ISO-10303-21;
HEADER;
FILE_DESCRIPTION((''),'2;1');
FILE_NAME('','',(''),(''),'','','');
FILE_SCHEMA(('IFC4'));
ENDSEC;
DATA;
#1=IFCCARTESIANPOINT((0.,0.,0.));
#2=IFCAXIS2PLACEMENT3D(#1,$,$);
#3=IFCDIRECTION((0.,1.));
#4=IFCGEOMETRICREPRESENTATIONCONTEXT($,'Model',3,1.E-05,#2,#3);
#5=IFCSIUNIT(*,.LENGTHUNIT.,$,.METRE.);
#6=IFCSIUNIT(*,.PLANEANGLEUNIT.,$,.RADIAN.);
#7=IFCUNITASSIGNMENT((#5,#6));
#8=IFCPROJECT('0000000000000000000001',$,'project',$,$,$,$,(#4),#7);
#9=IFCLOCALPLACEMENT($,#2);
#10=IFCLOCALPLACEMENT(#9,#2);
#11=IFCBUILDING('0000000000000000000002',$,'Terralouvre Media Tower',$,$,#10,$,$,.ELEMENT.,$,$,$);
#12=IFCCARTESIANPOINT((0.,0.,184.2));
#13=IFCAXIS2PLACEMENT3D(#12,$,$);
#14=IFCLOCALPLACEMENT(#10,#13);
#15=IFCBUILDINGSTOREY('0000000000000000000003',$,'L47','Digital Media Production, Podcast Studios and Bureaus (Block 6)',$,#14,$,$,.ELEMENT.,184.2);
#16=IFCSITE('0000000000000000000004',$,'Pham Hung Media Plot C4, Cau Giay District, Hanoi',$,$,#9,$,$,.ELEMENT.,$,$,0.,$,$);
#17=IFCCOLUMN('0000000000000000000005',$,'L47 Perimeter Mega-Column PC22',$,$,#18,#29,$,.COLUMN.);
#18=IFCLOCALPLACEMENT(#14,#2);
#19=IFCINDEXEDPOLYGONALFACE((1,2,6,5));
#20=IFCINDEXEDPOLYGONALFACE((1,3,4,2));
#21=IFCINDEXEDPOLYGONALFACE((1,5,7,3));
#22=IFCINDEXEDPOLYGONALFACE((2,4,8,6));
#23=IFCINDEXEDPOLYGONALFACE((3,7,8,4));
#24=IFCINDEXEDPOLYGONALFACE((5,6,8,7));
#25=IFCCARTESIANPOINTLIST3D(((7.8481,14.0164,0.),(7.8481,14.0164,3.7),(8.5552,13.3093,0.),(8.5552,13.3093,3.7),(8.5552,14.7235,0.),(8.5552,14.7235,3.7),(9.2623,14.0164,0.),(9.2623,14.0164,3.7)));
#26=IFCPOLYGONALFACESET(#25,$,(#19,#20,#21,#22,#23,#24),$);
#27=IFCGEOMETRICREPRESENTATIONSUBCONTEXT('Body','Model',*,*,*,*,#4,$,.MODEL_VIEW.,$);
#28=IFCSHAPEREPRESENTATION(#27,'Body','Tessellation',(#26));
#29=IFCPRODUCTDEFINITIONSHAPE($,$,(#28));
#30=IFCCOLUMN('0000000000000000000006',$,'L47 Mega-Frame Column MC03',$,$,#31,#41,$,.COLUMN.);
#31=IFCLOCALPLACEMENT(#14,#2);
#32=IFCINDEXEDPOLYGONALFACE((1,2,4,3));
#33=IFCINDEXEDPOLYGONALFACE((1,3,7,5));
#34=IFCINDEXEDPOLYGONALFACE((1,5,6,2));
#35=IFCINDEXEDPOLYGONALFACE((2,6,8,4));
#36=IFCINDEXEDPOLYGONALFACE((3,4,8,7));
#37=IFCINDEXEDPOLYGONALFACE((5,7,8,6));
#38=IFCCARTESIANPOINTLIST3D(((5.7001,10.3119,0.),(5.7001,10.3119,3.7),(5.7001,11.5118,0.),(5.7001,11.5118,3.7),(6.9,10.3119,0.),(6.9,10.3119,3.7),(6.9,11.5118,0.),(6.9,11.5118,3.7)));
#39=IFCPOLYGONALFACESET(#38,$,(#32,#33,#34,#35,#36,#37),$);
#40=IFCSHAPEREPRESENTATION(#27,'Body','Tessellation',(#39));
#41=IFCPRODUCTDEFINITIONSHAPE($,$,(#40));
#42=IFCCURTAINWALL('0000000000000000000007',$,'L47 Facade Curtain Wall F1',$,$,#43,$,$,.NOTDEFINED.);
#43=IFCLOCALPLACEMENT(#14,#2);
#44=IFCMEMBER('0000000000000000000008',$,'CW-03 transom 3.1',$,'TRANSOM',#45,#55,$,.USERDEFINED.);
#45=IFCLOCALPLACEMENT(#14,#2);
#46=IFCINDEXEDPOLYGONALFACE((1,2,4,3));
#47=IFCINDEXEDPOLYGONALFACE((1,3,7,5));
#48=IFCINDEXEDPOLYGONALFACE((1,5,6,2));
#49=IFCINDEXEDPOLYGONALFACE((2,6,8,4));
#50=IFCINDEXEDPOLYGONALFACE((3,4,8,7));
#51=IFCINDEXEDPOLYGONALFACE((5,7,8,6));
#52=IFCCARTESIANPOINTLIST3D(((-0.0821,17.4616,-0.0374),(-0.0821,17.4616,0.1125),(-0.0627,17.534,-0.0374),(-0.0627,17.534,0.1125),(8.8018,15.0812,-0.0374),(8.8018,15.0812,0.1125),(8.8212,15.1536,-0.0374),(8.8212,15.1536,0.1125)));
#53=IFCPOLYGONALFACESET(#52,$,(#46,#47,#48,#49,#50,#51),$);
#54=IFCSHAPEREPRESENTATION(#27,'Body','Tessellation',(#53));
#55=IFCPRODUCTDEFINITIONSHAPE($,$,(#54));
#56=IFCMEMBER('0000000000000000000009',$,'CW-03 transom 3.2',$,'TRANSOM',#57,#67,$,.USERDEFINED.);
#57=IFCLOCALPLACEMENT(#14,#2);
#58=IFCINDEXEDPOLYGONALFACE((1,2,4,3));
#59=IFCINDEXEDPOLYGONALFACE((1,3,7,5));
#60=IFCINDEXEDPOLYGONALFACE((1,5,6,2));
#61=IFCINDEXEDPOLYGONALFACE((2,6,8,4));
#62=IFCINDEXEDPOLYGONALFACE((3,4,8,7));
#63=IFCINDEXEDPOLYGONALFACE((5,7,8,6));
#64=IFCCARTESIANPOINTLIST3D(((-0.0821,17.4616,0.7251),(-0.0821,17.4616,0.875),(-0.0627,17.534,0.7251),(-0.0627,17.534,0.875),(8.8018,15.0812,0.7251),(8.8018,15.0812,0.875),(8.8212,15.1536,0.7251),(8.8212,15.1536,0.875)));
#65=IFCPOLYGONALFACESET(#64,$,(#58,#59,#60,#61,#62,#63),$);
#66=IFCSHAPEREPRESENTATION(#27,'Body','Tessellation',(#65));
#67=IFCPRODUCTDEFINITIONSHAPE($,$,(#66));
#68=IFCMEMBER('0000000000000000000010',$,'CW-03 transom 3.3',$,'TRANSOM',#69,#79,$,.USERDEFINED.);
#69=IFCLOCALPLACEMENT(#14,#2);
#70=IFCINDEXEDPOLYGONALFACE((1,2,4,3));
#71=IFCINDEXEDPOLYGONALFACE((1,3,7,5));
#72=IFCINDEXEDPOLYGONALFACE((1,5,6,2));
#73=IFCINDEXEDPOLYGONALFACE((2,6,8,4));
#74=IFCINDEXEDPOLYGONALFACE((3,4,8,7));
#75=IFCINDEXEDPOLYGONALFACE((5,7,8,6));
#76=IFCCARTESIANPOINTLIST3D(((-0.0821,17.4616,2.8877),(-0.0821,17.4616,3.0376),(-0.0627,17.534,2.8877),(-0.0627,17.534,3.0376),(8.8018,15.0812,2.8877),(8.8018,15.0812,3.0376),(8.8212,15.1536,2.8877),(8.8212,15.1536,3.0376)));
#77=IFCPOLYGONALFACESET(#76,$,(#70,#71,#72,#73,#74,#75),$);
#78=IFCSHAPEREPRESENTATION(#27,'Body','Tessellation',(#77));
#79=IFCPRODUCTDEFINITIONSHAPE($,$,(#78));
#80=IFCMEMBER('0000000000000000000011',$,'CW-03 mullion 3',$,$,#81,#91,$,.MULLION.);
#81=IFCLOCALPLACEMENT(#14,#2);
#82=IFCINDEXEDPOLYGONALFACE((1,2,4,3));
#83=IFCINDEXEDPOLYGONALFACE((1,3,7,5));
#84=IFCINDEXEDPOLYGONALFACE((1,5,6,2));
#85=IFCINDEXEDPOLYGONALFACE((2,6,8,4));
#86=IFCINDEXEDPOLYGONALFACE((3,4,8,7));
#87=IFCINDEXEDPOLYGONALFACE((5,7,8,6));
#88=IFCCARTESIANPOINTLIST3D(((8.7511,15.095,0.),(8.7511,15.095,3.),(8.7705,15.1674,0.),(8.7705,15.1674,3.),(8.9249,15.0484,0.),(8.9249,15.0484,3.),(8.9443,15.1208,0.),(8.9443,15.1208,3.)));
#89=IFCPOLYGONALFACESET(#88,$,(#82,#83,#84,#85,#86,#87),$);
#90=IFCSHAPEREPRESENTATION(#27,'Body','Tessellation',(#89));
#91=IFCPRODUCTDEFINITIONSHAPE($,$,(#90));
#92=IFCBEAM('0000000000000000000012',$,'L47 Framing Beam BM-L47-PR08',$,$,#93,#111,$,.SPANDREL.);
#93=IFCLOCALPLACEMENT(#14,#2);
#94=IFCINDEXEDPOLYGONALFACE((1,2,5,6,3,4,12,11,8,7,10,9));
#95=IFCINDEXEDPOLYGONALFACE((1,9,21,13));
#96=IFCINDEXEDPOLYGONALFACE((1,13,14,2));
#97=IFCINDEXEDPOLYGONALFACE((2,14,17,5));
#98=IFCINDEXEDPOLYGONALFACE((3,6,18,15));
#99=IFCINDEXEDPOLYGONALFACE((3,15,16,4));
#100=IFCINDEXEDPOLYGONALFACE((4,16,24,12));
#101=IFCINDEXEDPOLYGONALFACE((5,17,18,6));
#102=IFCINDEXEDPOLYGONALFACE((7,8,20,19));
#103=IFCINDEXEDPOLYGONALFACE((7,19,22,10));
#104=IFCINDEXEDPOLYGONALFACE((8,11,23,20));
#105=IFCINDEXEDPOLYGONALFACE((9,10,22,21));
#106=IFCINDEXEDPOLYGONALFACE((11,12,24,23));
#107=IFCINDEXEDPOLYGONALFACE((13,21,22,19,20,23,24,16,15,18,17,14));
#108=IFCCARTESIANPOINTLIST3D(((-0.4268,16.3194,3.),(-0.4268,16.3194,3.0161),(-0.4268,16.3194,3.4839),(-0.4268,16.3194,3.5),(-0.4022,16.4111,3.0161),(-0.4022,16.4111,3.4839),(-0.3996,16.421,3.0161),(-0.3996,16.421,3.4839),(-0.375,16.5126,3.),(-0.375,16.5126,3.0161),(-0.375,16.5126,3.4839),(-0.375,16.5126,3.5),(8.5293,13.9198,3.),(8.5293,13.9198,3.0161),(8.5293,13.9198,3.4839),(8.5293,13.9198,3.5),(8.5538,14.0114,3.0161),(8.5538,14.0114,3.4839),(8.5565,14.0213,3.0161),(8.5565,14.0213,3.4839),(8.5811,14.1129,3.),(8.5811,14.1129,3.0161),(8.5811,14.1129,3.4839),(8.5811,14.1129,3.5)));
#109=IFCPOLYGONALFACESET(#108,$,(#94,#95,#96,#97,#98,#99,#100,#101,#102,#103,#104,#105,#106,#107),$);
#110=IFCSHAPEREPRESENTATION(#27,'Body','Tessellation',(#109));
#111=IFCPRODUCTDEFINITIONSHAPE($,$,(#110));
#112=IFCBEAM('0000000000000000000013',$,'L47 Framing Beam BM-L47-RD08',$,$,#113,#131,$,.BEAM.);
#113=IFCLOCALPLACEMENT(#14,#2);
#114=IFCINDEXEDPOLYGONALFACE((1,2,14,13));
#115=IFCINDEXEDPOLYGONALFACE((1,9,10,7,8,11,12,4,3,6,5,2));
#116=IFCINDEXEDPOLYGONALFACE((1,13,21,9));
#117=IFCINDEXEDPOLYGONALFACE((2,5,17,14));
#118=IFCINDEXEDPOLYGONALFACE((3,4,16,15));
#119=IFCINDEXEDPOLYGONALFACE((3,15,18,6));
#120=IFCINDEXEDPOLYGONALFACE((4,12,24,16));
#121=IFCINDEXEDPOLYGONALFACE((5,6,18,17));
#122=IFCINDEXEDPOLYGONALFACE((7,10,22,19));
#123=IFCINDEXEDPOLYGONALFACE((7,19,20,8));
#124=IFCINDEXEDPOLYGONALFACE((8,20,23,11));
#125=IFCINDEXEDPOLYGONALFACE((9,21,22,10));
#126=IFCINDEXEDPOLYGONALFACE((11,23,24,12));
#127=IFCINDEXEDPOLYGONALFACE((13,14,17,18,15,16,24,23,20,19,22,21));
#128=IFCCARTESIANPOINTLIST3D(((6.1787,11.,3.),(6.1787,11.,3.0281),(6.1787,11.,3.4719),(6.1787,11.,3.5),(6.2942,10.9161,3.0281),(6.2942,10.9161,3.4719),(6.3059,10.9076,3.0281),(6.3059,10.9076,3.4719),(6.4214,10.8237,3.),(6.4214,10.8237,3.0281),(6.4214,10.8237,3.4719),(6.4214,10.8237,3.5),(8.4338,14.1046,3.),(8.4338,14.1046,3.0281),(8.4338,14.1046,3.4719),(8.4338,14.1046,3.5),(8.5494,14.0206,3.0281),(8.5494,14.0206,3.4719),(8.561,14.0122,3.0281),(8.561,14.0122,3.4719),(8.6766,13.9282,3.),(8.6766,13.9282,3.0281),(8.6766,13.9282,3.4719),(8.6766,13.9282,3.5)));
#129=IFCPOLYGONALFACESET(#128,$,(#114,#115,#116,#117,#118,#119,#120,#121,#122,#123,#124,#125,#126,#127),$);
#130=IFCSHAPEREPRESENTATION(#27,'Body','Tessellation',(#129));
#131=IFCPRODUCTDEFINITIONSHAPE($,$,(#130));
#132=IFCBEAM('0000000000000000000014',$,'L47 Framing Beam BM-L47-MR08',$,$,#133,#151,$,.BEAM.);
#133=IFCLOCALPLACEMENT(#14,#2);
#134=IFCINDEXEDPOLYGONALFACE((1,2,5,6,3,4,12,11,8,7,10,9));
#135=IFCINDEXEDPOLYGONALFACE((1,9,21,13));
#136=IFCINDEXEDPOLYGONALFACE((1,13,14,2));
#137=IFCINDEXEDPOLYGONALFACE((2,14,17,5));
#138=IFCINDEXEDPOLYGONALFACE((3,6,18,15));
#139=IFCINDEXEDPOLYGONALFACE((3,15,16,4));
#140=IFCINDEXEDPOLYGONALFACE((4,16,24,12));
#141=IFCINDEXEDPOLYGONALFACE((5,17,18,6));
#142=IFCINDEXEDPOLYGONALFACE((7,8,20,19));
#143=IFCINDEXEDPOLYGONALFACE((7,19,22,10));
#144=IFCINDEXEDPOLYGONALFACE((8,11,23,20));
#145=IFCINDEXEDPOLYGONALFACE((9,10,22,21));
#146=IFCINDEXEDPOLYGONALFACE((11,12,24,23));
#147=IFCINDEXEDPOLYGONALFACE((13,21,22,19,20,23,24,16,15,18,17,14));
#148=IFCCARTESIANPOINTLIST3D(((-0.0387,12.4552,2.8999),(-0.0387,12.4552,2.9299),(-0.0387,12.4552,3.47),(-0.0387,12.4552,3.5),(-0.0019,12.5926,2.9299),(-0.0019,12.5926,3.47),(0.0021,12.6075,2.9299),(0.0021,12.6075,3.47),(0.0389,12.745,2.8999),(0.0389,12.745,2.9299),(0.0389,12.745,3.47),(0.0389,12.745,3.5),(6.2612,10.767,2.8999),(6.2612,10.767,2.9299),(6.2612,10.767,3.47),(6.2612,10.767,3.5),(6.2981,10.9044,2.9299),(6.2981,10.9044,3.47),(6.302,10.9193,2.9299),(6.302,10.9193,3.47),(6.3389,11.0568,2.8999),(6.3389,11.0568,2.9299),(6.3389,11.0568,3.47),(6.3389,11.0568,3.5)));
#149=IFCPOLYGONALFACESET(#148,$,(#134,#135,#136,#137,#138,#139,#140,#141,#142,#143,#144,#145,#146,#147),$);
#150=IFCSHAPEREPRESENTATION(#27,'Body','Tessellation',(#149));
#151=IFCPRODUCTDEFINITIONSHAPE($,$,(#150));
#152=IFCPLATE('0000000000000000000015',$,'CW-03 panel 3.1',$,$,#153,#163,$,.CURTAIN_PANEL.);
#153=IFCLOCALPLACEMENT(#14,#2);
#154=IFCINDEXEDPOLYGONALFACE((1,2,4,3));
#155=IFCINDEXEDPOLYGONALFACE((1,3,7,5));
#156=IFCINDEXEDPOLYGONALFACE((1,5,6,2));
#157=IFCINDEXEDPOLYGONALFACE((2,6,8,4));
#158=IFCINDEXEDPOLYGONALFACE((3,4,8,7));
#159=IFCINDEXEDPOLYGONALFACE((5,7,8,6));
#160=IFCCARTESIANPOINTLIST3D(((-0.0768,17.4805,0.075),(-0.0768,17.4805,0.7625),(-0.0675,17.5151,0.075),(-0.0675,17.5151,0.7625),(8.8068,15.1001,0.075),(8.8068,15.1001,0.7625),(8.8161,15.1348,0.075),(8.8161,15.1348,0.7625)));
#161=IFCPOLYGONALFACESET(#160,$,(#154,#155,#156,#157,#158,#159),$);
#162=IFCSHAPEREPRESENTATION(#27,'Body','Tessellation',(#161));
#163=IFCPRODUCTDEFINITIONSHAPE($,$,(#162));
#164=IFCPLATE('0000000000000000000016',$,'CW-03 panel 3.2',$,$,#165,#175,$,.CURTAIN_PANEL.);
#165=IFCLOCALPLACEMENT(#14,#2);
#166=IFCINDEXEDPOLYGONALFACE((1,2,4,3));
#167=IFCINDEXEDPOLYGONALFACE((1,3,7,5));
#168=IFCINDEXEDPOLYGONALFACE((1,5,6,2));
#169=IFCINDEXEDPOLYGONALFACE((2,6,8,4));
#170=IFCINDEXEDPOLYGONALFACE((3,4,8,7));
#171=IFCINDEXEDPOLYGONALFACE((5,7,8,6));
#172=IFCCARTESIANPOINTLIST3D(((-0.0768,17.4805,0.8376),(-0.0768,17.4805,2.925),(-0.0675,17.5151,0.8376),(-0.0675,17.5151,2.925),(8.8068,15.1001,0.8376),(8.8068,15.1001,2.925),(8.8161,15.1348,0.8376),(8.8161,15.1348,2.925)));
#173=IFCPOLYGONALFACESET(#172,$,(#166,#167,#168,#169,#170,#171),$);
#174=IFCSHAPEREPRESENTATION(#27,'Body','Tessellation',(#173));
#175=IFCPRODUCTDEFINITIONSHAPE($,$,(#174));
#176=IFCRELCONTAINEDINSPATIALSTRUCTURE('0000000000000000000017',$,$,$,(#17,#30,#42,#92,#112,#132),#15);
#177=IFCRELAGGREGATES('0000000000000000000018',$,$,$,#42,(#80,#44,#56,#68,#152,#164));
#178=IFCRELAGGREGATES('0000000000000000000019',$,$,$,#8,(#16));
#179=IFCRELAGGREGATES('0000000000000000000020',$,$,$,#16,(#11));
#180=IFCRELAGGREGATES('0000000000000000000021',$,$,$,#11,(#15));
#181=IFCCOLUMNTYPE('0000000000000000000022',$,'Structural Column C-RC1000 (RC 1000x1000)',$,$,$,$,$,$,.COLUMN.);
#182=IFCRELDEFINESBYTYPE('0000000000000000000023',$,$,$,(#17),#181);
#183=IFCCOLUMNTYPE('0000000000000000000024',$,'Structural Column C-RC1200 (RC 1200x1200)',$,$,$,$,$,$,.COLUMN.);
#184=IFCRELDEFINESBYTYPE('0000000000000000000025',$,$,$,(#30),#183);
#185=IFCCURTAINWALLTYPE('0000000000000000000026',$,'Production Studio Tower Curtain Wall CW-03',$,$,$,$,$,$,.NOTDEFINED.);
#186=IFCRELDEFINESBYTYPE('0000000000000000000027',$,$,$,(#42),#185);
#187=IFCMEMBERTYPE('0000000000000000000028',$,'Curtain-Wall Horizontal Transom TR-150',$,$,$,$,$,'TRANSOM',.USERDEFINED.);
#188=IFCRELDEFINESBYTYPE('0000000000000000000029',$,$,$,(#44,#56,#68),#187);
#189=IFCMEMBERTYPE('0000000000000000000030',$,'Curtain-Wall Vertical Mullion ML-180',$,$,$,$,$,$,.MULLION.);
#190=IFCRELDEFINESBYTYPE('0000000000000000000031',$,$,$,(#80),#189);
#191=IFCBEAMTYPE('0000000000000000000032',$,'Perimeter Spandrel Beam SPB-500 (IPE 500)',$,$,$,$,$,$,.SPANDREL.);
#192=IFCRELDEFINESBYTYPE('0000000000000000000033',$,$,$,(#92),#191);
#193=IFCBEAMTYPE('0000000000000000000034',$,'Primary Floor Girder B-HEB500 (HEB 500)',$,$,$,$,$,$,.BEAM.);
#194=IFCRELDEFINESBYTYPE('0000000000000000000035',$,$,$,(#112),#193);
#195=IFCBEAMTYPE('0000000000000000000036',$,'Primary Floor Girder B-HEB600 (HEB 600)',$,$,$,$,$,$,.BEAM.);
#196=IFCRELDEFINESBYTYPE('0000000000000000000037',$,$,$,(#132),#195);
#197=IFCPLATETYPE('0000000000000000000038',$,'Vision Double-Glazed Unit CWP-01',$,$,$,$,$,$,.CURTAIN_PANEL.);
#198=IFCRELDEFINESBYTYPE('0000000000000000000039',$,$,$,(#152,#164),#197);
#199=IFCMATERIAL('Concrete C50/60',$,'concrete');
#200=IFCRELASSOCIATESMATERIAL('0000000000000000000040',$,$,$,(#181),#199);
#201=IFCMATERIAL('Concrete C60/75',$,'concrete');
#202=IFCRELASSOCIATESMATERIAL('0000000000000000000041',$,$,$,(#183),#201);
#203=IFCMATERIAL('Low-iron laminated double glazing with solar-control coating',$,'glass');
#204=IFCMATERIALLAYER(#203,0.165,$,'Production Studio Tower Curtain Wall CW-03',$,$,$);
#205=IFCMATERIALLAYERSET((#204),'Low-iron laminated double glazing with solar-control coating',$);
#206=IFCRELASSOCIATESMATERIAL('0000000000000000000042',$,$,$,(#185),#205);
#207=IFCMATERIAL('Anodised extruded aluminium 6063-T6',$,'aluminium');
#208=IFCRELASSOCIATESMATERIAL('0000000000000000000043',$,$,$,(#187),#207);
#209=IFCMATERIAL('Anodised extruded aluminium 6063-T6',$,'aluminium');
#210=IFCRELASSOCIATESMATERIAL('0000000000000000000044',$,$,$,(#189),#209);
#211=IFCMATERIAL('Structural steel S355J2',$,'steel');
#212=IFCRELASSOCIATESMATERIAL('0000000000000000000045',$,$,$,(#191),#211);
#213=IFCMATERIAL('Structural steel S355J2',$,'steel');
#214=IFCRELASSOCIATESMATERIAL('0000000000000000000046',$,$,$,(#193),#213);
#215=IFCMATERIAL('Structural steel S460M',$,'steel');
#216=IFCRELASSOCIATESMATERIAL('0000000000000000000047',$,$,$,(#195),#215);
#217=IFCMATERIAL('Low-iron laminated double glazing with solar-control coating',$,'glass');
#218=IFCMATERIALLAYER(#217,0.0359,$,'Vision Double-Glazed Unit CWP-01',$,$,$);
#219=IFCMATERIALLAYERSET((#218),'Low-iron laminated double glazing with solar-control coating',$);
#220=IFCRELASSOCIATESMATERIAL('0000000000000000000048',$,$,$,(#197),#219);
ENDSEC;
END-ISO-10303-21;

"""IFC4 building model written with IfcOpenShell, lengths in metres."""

from ifc_helpers import new_model, si_unit, direction, frame, origin, origin_2d, place, context, subcontext, project, spatial, rectangle, i_section, extrude, material, layer, layer_set, material_profile, profile_set, type_object, element, aggregate, save


model = new_model("IFC4")

# Units and contexts
model_context = context("Model", 3, precision=1e-05, world=origin(), true_north=direction((0.0, 1.0)))
body_context = subcontext(model_context, "Body", "Model", "MODEL_VIEW")
ifc_project = project(units=[si_unit("LENGTHUNIT", "METRE"), si_unit("PLANEANGLEUNIT", "RADIAN")], contexts=[model_context])

# Site, building, storey
site_placement = place(None, origin())
site = spatial("IfcSite", under=ifc_project, at=site_placement, Name="Pham Hung Media Plot C4, Cau Giay District, Hanoi", CompositionType="ELEMENT", RefElevation=0.0)
building_placement = place(site_placement, origin())
building = spatial("IfcBuilding", under=site, at=building_placement, Name="Terralouvre Media Tower", CompositionType="ELEMENT")
storey_placement = place(building_placement, frame((0.0, 0.0, 184.2)))
storey = spatial("IfcBuildingStorey", under=building, at=storey_placement, Name="L47", Description="Digital Media Production, Podcast Studios and Bureaus (Block 6)", CompositionType="ELEMENT", Elevation=184.2)

# Columns
ifc_material_1 = material(Name="Concrete C50/60", Category="concrete")
ifc_material_profile_1 = material_profile(ifc_material_1, rectangle(XDim=1.0, YDim=1.0, at=origin_2d()), Name="RC 1000x1000")
ifc_profile_set_1 = profile_set([ifc_material_profile_1], Name="Concrete C50/60")
column_type_1 = type_object("IfcColumnType", Name="Structural Column C-RC1000 (RC 1000x1000)", PredefinedType="COLUMN", material=ifc_profile_set_1)
column_1_placement = place(storey_placement, frame((8.5552, 14.0164, 0.0), z_axis=(0.0, 0.0, 1.0), x_axis=(0.707107, 0.707107, 0.0)))
element("IfcColumn", 1, at=column_1_placement, inside=storey, type_object=column_type_1, Name="L47 Perimeter Mega-Column PC22", PredefinedType="COLUMN", context=body_context, shape_type="SweptSolid", body=[
    extrude(rectangle(XDim=1.0, YDim=1.0, at=origin_2d()), origin(), (0.0, 0.0, 1.0), 3.7),
])
ifc_material_2 = material(Name="Concrete C60/75", Category="concrete")
ifc_material_profile_2 = material_profile(ifc_material_2, rectangle(XDim=1.2, YDim=1.2, at=origin_2d()), Name="RC 1200x1200")
ifc_profile_set_2 = profile_set([ifc_material_profile_2], Name="Concrete C60/75")
column_type_2 = type_object("IfcColumnType", Name="Structural Column C-RC1200 (RC 1200x1200)", PredefinedType="COLUMN", material=ifc_profile_set_2)
column_2_placement = place(storey_placement, frame((6.3, 10.9119, 0.0), z_axis=(0.0, 0.0, 1.0), x_axis=(1.0, 0.0, 0.0)))
element("IfcColumn", 2, at=column_2_placement, inside=storey, type_object=column_type_2, Name="L47 Mega-Frame Column MC03", PredefinedType="COLUMN", context=body_context, shape_type="SweptSolid", body=[
    extrude(rectangle(XDim=1.2, YDim=1.2, at=origin_2d()), origin(), (0.0, 0.0, 1.0), 3.7),
])

# Curtain wall, members
ifc_material_3 = material(Name="Low-iron laminated double glazing with solar-control coating", Category="glass")
ifc_layer_1 = layer(ifc_material_3, 0.165, Name="Production Studio Tower Curtain Wall CW-03")
ifc_layer_set_1 = layer_set([ifc_layer_1], Name="Low-iron laminated double glazing with solar-control coating")
curtain_wall_type = type_object("IfcCurtainWallType", Name="Production Studio Tower Curtain Wall CW-03", PredefinedType="NOTDEFINED", material=ifc_layer_set_1)
curtain_wall_placement = place(storey_placement, origin())
curtain_wall = element("IfcCurtainWall", 3, at=curtain_wall_placement, inside=storey, type_object=curtain_wall_type, Name="L47 Facade Curtain Wall F1", PredefinedType="NOTDEFINED")
ifc_material_4 = material(Name="Anodised extruded aluminium 6063-T6", Category="aluminium")
ifc_material_profile_3 = material_profile(ifc_material_4, rectangle(XDim=0.075, YDim=0.1499, at=origin_2d()), Name="ALU 75x150")
ifc_profile_set_3 = profile_set([ifc_material_profile_3], Name="Anodised extruded aluminium 6063-T6")
member_type_1 = type_object("IfcMemberType", Name="Curtain-Wall Horizontal Transom TR-150", ElementType="TRANSOM", PredefinedType="USERDEFINED", material=ifc_profile_set_3)
member_1_placement = place(storey_placement, frame((8.8115, 15.1174, 0.0376), z_axis=(-0.965927, 0.258816, 0.0), x_axis=(-0.258816, -0.965927, 0.0)))
member_1 = element("IfcMember", 4, at=member_1_placement, type_object=member_type_1, Name="CW-03 transom 3.1", ObjectType="TRANSOM", PredefinedType="USERDEFINED", context=body_context, shape_type="SweptSolid", body=[
    extrude(rectangle(XDim=0.075, YDim=0.1499, at=origin_2d()), origin(), (0.0, 0.0, 1.0), 9.1973),
])
member_2_placement = place(storey_placement, frame((8.8115, 15.1174, 0.8), z_axis=(-0.965927, 0.258816, 0.0), x_axis=(-0.258816, -0.965927, 0.0)))
member_2 = element("IfcMember", 5, at=member_2_placement, type_object=member_type_1, Name="CW-03 transom 3.2", ObjectType="TRANSOM", PredefinedType="USERDEFINED", context=body_context, shape_type="SweptSolid", body=[
    extrude(rectangle(XDim=0.075, YDim=0.1499, at=origin_2d()), origin(), (0.0, 0.0, 1.0), 9.1973),
])
member_3_placement = place(storey_placement, frame((8.8115, 15.1174, 2.9626), z_axis=(-0.965927, 0.258816, 0.0), x_axis=(-0.258816, -0.965927, 0.0)))
member_3 = element("IfcMember", 6, at=member_3_placement, type_object=member_type_1, Name="CW-03 transom 3.3", ObjectType="TRANSOM", PredefinedType="USERDEFINED", context=body_context, shape_type="SweptSolid", body=[
    extrude(rectangle(XDim=0.075, YDim=0.1499, at=origin_2d()), origin(), (0.0, 0.0, 1.0), 9.1973),
])
ifc_material_5 = material(Name="Anodised extruded aluminium 6063-T6", Category="aluminium")
ifc_material_profile_4 = material_profile(ifc_material_5, rectangle(XDim=0.075, YDim=0.1799, at=origin_2d()), Name="ALU 75x180")
ifc_profile_set_4 = profile_set([ifc_material_profile_4], Name="Anodised extruded aluminium 6063-T6")
member_type_2 = type_object("IfcMemberType", Name="Curtain-Wall Vertical Mullion ML-180", PredefinedType="MULLION", material=ifc_profile_set_4)
member_4_placement = place(storey_placement, frame((8.8477, 15.1079, 0.0), z_axis=(0.0, 0.0, 1.0), x_axis=(-0.258819, -0.965926, 0.0)))
member_4 = element("IfcMember", 7, at=member_4_placement, type_object=member_type_2, Name="CW-03 mullion 3", PredefinedType="MULLION", context=body_context, shape_type="SweptSolid", body=[
    extrude(rectangle(XDim=0.075, YDim=0.1799, at=origin_2d()), origin(), (0.0, 0.0, 1.0), 3.0),
])

# Beams
ifc_material_6 = material(Name="Structural steel S355J2", Category="steel")
ifc_material_profile_5 = material_profile(ifc_material_6, i_section(OverallWidth=0.2, OverallDepth=0.5, WebThickness=0.0103, FlangeThickness=0.0161, at=origin_2d()), Name="IPE 500")
ifc_profile_set_5 = profile_set([ifc_material_profile_5], Name="Structural steel S355J2")
beam_type_1 = type_object("IfcBeamType", Name="Perimeter Spandrel Beam SPB-500 (IPE 500)", PredefinedType="SPANDREL", material=ifc_profile_set_5)
beam_1_placement = place(storey_placement, frame((8.5552, 14.0164, 3.25), z_axis=(-0.965929, 0.258808, 0.0), x_axis=(-0.258808, -0.965929, 0.0)))
element("IfcBeam", 8, at=beam_1_placement, inside=storey, type_object=beam_type_1, Name="L47 Framing Beam BM-L47-PR08", PredefinedType="SPANDREL", context=body_context, shape_type="SweptSolid", body=[
    extrude(i_section(OverallWidth=0.2, OverallDepth=0.5, WebThickness=0.0103, FlangeThickness=0.0161, at=origin_2d()), origin(), (0.0, 0.0, 1.0), 9.272),
])
ifc_material_7 = material(Name="Structural steel S355J2", Category="steel")
ifc_material_profile_6 = material_profile(ifc_material_7, i_section(OverallWidth=0.3, OverallDepth=0.5, WebThickness=0.0144, FlangeThickness=0.0281, at=origin_2d()), Name="HEB 500")
ifc_profile_set_6 = profile_set([ifc_material_profile_6], Name="Structural steel S355J2")
beam_type_2 = type_object("IfcBeamType", Name="Primary Floor Girder B-HEB500 (HEB 500)", PredefinedType="BEAM", material=ifc_profile_set_6)
beam_2_placement = place(storey_placement, frame((6.3, 10.9119, 3.25), z_axis=(0.587714, 0.809069, 0.0), x_axis=(-0.809069, 0.587714, 0.0)))
element("IfcBeam", 9, at=beam_2_placement, inside=storey, type_object=beam_type_2, Name="L47 Framing Beam BM-L47-RD08", PredefinedType="BEAM", context=body_context, shape_type="SweptSolid", body=[
    extrude(i_section(OverallWidth=0.3, OverallDepth=0.5, WebThickness=0.0144, FlangeThickness=0.0281, at=origin_2d()), origin(), (0.0, 0.0, 1.0), 3.8372),
])
ifc_material_8 = material(Name="Structural steel S460M", Category="steel")
ifc_material_profile_7 = material_profile(ifc_material_8, i_section(OverallWidth=0.3, OverallDepth=0.6001, WebThickness=0.0154, FlangeThickness=0.03, at=origin_2d()), Name="HEB 600")
ifc_profile_set_7 = profile_set([ifc_material_profile_7], Name="Structural steel S460M")
beam_type_3 = type_object("IfcBeamType", Name="Primary Floor Girder B-HEB600 (HEB 600)", PredefinedType="BEAM", material=ifc_profile_set_7)
beam_3_placement = place(storey_placement, frame((6.3, 10.9119, 3.2), z_axis=(-0.96592, 0.258839, 0.0), x_axis=(-0.258839, -0.96592, 0.0)))
element("IfcBeam", 10, at=beam_3_placement, inside=storey, type_object=beam_type_3, Name="L47 Framing Beam BM-L47-MR08", PredefinedType="BEAM", context=body_context, shape_type="SweptSolid", body=[
    extrude(i_section(OverallWidth=0.3, OverallDepth=0.6001, WebThickness=0.0154, FlangeThickness=0.03, at=origin_2d()), origin(), (0.0, 0.0, 1.0), 6.5222),
])

# Plates
ifc_material_9 = material(Name="Low-iron laminated double glazing with solar-control coating", Category="glass")
ifc_layer_2 = layer(ifc_material_9, 0.0359, Name="Vision Double-Glazed Unit CWP-01")
ifc_layer_set_2 = layer_set([ifc_layer_2], Name="Low-iron laminated double glazing with solar-control coating")
plate_type = type_object("IfcPlateType", Name="Vision Double-Glazed Unit CWP-01", PredefinedType="CURTAIN_PANEL", material=ifc_layer_set_2)
plate_1_placement = place(storey_placement, frame((4.3696, 16.3076, 0.075), z_axis=(0.0, 0.0, 1.0), x_axis=(-0.965926, 0.258819, 0.0)))
plate_1 = element("IfcPlate", 11, at=plate_1_placement, type_object=plate_type, Name="CW-03 panel 3.1", PredefinedType="CURTAIN_PANEL", context=body_context, shape_type="SweptSolid", body=[
    extrude(rectangle(XDim=9.197, YDim=0.0359, at=origin_2d()), origin(), (0.0, 0.0, 1.0), 0.6875),
])
plate_2_placement = place(storey_placement, frame((4.3696, 16.3076, 0.8376), z_axis=(0.0, 0.0, 1.0), x_axis=(-0.965926, 0.258819, 0.0)))
plate_2 = element("IfcPlate", 12, at=plate_2_placement, type_object=plate_type, Name="CW-03 panel 3.2", PredefinedType="CURTAIN_PANEL", context=body_context, shape_type="SweptSolid", body=[
    extrude(rectangle(XDim=9.197, YDim=0.0359, at=origin_2d()), origin(), (0.0, 0.0, 1.0), 2.0874),
])
aggregate(curtain_wall, [member_4, member_1, member_2, member_3, plate_1, plate_2])

save(model, "model.ifc")
